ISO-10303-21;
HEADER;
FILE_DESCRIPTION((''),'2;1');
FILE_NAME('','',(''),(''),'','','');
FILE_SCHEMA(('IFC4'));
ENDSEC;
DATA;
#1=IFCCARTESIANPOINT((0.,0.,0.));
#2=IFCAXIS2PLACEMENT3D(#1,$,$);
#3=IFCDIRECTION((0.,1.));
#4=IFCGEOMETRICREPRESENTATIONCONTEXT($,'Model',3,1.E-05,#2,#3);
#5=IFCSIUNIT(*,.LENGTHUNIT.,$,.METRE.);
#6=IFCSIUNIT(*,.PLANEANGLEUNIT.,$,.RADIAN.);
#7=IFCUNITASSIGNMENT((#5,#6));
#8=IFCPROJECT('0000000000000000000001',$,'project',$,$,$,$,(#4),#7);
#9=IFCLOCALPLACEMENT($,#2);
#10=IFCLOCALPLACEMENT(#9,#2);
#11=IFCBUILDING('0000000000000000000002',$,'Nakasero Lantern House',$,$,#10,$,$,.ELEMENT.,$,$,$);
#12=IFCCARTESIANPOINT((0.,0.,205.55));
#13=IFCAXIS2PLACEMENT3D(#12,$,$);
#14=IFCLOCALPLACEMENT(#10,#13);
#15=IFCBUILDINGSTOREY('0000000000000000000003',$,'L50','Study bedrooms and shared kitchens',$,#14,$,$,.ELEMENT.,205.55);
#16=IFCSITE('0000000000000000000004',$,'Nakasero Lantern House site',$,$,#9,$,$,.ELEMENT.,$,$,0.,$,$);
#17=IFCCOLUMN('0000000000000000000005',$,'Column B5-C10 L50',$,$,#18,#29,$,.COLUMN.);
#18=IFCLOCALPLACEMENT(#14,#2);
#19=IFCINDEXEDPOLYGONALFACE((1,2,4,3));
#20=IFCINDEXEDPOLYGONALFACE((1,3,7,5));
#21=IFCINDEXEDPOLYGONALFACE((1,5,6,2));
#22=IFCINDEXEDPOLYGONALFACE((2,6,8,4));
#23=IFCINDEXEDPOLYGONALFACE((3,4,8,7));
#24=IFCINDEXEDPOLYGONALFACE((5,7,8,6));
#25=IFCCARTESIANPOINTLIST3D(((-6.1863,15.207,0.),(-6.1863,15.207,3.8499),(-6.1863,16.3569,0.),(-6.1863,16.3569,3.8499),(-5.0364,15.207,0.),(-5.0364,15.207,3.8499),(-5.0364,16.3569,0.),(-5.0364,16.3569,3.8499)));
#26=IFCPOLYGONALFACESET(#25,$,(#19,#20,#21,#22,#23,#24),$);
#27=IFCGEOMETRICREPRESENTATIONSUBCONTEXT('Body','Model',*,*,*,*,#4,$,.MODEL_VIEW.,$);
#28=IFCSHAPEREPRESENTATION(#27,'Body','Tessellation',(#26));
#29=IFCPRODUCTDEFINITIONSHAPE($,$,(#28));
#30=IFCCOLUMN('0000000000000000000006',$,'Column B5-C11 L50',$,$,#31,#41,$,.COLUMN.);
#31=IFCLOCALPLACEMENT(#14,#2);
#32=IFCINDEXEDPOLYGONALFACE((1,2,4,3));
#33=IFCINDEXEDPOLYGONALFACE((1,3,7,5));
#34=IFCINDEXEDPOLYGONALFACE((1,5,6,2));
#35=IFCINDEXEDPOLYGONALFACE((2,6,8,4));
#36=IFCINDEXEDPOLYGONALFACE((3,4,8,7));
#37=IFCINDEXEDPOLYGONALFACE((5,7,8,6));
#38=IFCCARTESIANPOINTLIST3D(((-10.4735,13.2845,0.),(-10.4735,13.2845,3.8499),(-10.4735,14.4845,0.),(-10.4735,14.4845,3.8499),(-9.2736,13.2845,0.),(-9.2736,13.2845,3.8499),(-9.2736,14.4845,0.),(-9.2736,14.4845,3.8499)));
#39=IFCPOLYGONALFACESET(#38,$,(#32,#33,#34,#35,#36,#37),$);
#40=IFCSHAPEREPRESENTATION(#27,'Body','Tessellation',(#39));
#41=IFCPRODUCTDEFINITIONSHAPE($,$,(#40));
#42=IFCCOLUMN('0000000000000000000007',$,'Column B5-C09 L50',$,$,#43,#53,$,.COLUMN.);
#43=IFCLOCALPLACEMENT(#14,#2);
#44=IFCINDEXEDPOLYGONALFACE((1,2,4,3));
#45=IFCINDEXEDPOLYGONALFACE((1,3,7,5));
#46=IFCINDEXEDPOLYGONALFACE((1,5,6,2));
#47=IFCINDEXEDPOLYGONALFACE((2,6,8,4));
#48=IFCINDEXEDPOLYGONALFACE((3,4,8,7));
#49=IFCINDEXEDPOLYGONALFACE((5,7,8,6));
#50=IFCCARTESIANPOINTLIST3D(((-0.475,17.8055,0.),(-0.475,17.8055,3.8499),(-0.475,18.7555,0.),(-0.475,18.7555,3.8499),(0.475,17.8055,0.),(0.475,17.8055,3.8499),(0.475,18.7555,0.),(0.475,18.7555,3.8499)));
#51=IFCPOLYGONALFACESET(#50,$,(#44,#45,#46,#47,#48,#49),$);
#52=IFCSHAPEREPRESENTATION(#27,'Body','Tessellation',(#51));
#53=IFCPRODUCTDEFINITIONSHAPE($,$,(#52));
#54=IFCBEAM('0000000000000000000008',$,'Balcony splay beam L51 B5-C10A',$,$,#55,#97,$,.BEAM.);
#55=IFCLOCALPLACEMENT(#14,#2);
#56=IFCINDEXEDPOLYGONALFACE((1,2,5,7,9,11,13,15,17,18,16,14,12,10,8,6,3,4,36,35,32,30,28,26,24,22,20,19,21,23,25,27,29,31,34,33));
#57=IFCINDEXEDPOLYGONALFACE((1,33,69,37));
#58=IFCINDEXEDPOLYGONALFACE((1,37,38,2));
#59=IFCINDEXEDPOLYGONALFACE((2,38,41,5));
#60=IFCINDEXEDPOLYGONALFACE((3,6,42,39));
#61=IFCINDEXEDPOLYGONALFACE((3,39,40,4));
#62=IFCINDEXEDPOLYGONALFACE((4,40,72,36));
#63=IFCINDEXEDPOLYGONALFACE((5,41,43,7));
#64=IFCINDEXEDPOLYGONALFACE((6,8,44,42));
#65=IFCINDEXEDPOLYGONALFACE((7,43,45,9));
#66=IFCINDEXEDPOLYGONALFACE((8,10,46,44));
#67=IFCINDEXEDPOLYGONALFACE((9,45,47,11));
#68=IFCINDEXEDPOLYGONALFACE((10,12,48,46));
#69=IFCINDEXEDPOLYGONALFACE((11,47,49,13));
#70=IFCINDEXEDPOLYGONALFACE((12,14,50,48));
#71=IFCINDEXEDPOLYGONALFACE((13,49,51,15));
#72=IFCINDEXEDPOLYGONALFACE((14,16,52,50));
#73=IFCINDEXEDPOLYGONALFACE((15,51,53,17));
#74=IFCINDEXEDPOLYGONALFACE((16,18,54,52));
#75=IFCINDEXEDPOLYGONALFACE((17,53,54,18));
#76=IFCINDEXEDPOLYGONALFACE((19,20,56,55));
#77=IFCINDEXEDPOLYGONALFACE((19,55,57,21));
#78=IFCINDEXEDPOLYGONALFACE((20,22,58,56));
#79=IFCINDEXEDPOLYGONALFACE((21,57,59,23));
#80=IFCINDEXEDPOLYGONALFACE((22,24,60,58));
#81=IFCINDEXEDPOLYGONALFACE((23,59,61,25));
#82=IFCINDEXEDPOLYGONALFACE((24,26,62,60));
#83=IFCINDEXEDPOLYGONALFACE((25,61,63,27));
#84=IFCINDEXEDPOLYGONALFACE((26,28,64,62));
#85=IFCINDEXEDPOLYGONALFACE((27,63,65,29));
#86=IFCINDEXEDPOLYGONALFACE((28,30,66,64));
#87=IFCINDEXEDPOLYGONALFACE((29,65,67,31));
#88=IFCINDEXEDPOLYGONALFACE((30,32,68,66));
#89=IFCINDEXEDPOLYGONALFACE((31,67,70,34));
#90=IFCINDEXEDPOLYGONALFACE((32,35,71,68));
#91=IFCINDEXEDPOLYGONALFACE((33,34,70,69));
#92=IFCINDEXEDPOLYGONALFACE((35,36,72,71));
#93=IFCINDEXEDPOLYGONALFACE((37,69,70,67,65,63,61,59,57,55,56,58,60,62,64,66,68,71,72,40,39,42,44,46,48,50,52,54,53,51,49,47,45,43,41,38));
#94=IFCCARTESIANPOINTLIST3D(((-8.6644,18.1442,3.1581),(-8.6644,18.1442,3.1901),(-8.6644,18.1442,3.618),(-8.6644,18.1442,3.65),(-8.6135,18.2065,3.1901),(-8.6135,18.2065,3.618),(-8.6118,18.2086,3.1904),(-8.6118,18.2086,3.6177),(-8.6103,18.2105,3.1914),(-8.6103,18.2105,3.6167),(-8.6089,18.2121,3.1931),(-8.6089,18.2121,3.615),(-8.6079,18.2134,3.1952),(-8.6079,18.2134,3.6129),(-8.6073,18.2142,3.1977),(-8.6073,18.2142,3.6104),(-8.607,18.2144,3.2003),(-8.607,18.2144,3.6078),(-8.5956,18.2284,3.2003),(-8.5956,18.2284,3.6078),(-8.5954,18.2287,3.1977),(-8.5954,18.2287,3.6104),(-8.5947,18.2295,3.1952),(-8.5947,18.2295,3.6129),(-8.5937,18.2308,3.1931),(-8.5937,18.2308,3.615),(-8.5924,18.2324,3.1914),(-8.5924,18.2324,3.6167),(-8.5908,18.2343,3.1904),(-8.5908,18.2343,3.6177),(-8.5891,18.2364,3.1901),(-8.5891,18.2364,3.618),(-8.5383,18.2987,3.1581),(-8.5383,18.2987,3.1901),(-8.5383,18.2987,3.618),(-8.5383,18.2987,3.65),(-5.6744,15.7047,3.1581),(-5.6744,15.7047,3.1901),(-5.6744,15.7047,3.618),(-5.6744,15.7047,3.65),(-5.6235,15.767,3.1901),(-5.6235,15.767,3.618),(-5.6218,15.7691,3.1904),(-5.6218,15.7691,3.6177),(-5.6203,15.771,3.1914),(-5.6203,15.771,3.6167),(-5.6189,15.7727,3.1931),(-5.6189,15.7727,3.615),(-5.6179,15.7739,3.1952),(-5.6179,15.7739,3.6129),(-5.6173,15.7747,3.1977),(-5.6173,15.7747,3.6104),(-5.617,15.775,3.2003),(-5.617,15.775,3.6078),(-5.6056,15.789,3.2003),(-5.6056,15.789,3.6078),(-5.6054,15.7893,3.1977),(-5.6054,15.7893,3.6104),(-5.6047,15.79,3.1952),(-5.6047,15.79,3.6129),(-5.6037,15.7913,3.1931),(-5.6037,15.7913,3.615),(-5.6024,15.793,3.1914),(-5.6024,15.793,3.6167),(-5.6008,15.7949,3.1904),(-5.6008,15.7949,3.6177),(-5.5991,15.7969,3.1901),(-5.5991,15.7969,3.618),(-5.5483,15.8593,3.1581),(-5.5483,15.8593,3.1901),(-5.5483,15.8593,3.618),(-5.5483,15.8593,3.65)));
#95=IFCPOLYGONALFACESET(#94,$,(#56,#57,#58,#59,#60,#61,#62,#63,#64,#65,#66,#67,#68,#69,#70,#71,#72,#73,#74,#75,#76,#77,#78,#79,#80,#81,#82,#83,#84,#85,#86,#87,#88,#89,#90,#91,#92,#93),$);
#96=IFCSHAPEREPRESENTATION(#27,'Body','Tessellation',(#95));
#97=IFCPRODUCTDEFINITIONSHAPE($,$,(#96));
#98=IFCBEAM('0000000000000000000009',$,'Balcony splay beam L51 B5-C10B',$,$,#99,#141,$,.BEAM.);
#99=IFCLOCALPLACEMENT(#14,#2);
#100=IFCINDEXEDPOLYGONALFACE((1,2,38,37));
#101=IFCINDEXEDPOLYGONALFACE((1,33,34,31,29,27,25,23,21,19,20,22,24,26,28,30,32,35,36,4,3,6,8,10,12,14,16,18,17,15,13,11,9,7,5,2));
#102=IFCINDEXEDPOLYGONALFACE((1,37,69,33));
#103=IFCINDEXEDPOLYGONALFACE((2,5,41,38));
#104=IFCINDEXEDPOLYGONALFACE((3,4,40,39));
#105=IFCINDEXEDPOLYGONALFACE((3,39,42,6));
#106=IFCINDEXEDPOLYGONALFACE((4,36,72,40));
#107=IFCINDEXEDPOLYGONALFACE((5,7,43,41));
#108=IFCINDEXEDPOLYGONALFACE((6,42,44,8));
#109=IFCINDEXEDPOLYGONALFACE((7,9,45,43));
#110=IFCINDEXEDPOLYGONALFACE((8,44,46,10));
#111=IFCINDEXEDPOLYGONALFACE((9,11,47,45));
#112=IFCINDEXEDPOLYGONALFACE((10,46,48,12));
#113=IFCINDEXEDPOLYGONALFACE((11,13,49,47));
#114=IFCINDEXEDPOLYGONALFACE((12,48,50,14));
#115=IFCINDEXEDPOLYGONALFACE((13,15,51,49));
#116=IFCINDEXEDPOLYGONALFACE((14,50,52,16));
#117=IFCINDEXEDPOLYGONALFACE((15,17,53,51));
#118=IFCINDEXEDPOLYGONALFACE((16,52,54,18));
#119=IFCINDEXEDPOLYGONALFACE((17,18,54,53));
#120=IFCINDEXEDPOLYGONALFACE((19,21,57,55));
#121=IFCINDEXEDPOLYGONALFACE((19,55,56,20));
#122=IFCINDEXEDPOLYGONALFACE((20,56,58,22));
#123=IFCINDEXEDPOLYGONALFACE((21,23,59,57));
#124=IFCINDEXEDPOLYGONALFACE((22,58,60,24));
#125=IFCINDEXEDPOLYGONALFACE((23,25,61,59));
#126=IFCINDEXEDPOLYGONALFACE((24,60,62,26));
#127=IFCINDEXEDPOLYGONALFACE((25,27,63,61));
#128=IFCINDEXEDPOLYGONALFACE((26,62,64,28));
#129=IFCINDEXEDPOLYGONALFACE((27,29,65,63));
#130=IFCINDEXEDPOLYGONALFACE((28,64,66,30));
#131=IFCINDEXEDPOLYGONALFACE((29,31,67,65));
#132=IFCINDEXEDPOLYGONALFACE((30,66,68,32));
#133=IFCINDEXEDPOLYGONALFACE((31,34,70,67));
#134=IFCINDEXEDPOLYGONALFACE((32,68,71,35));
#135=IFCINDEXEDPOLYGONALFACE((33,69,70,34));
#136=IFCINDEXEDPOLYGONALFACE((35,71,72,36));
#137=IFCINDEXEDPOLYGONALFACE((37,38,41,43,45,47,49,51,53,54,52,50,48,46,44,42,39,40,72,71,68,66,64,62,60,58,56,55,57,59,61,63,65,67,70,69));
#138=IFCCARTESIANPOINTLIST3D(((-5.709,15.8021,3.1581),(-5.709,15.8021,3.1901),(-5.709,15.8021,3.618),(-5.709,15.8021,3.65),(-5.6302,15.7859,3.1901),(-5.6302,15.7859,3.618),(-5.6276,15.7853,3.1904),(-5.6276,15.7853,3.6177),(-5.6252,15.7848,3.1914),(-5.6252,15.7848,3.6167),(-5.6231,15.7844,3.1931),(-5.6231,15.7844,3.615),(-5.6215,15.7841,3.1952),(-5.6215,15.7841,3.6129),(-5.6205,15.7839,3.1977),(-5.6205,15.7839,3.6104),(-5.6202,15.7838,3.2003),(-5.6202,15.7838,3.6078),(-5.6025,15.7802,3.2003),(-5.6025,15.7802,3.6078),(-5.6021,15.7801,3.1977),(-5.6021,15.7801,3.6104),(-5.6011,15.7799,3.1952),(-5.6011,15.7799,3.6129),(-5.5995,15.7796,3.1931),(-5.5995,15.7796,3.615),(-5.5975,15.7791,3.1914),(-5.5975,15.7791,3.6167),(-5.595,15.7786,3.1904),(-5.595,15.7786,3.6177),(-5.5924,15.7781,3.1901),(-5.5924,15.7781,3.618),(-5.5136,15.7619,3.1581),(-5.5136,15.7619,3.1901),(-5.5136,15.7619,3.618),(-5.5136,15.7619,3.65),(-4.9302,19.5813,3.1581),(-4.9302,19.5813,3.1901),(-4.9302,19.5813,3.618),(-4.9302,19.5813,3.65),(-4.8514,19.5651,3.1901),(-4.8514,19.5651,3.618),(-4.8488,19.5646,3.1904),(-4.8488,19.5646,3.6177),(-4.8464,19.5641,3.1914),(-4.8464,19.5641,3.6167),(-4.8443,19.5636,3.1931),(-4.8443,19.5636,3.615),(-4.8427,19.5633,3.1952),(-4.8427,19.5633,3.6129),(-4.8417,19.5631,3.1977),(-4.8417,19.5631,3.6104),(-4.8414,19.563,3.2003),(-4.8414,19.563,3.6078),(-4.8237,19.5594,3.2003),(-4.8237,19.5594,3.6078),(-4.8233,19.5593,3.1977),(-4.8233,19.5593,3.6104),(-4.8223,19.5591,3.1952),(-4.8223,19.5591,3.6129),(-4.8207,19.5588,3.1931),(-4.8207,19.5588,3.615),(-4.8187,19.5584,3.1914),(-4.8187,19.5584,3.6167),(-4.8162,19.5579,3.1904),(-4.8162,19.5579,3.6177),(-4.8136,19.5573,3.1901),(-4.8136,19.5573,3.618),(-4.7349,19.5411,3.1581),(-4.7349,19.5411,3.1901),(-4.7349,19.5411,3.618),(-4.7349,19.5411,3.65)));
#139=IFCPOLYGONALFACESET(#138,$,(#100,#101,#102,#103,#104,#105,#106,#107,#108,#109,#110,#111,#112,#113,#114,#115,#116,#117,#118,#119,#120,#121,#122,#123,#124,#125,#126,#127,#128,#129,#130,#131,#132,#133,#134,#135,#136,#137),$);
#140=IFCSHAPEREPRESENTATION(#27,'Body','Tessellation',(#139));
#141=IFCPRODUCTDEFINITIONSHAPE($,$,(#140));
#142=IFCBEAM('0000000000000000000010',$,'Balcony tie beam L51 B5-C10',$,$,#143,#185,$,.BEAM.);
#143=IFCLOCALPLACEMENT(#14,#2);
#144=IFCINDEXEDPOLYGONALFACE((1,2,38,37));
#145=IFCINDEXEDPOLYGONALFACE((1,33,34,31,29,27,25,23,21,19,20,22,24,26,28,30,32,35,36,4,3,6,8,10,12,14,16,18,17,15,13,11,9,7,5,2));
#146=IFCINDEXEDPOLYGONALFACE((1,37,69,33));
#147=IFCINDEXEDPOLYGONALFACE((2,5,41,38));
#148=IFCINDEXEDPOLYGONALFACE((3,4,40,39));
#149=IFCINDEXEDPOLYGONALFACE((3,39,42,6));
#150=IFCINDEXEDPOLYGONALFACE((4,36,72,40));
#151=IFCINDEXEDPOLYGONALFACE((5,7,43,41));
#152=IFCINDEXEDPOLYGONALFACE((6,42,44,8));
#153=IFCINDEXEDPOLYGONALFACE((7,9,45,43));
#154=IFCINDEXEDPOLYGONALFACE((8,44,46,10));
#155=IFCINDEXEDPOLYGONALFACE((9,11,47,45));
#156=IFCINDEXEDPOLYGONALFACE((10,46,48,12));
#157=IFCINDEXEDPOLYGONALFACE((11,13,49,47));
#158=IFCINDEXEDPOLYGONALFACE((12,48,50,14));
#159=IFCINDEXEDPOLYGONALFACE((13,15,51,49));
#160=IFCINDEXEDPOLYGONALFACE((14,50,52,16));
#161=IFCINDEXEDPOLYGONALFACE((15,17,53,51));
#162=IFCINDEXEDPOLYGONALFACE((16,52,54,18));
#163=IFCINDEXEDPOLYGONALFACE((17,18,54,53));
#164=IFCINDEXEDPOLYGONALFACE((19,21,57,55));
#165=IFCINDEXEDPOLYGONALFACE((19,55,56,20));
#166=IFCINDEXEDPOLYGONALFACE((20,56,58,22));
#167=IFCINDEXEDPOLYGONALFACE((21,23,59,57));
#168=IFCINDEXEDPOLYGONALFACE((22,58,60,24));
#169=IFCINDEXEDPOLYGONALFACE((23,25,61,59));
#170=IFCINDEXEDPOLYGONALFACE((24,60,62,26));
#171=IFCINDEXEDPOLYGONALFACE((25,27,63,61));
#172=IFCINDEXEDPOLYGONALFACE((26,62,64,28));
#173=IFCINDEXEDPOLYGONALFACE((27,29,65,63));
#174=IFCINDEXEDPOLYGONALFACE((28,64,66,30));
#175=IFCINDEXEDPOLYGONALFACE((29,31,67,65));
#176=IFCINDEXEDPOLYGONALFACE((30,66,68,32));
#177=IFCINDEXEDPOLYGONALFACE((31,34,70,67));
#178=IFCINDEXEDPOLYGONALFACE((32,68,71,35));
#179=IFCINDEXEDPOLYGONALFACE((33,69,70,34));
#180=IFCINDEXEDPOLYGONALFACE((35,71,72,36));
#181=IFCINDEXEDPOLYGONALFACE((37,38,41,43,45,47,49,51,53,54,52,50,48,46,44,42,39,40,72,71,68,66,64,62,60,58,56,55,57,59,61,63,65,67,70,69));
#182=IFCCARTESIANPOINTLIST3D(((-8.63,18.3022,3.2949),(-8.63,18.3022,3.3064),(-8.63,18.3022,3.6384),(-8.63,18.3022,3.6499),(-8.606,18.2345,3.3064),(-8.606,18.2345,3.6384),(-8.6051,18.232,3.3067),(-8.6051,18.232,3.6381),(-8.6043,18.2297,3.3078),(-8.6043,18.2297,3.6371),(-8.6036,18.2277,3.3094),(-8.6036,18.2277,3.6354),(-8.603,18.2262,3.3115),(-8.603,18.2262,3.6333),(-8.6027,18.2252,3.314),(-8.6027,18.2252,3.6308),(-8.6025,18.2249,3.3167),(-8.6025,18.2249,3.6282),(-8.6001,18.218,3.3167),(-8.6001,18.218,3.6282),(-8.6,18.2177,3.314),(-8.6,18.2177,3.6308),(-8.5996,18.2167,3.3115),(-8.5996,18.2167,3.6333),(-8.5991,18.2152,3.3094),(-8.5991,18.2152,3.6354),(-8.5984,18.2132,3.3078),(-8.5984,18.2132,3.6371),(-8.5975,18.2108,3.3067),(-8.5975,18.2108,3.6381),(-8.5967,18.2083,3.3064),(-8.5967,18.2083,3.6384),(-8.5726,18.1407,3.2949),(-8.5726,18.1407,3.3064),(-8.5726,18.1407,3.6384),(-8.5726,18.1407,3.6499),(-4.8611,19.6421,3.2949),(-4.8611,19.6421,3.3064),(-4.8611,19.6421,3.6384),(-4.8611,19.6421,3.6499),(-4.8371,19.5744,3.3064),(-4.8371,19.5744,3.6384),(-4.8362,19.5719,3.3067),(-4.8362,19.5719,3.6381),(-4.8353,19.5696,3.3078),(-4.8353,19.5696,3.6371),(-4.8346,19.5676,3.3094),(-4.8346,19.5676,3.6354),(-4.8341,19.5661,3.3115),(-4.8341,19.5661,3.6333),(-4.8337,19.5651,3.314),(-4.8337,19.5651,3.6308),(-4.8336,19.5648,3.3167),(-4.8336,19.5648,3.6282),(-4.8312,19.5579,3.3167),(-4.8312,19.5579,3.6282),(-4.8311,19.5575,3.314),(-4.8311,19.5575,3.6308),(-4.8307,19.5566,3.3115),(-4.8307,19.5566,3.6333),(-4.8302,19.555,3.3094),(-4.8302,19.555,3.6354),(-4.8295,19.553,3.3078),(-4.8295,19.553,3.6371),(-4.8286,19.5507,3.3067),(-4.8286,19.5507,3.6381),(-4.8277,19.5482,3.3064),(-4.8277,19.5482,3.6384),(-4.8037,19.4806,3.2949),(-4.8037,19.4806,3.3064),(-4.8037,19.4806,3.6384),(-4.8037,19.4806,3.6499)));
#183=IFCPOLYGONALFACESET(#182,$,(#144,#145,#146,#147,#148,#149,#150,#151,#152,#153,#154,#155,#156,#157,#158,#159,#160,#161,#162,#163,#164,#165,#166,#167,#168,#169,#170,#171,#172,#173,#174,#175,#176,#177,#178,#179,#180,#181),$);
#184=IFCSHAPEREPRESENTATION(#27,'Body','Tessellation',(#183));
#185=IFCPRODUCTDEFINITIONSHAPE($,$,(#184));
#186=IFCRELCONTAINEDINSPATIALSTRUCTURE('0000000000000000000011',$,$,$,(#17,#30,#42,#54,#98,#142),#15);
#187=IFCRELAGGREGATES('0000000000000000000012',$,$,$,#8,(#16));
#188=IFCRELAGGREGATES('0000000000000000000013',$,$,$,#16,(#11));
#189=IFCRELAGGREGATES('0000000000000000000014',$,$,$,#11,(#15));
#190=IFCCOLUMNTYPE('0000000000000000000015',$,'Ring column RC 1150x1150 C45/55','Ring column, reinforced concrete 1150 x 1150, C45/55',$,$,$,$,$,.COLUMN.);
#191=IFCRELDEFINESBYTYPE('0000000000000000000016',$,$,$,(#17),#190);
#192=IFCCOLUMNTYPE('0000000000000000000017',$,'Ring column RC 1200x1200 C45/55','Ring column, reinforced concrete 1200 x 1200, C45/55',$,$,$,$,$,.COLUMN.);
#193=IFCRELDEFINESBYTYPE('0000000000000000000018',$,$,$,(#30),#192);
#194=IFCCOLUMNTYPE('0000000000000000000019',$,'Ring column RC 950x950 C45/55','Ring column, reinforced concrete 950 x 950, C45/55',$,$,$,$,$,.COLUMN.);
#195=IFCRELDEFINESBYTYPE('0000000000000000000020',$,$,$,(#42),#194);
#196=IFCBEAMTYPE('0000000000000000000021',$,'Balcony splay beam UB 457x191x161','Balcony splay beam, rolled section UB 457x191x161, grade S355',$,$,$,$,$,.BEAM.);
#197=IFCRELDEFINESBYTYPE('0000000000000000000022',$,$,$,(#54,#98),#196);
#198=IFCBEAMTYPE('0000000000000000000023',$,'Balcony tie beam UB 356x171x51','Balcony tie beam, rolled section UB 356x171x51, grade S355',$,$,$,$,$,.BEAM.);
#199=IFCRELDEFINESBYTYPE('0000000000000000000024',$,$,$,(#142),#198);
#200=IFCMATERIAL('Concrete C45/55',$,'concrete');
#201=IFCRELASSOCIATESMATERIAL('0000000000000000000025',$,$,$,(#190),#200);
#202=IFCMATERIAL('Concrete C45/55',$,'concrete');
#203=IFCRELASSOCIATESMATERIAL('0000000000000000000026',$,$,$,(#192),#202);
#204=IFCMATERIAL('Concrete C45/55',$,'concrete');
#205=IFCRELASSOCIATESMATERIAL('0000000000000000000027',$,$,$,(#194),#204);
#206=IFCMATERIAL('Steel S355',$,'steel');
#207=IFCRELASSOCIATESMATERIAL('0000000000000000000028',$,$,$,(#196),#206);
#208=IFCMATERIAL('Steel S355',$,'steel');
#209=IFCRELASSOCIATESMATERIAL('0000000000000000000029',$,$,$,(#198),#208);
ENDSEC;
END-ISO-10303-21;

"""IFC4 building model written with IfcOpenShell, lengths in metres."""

from ifc_helpers import new_model, si_unit, direction, frame, origin, origin_2d, place, context, subcontext, project, spatial, rectangle, i_section, extrude, material, material_profile, profile_set, type_object, element, save


model = new_model("IFC4")

# Units and contexts
model_context = context("Model", 3, precision=1e-05, world=origin(), true_north=direction((0.0, 1.0)))
body_context = subcontext(model_context, "Body", "Model", "MODEL_VIEW")
ifc_project = project(units=[si_unit("LENGTHUNIT", "METRE"), si_unit("PLANEANGLEUNIT", "RADIAN")], contexts=[model_context])

# Site, building, storey
site_placement = place(None, origin())
site = spatial("IfcSite", under=ifc_project, at=site_placement, Name="Nakasero Lantern House site", CompositionType="ELEMENT", RefElevation=0.0)
building_placement = place(site_placement, origin())
building = spatial("IfcBuilding", under=site, at=building_placement, Name="Nakasero Lantern House", CompositionType="ELEMENT")
storey_placement = place(building_placement, frame((0.0, 0.0, 205.55)))
storey = spatial("IfcBuildingStorey", under=building, at=storey_placement, Name="L50", Description="Study bedrooms and shared kitchens", CompositionType="ELEMENT", Elevation=205.55)

# Columns
ifc_material_1 = material(Name="Concrete C45/55", Category="concrete")
ifc_material_profile_1 = material_profile(ifc_material_1, rectangle(XDim=1.1499, YDim=1.1499, at=origin_2d()), Name="RC 1150x1150")
ifc_profile_set_1 = profile_set([ifc_material_profile_1], Name="Concrete C45/55")
column_type_1 = type_object("IfcColumnType", Name="Ring column RC 1150x1150 C45/55", Description="Ring column, reinforced concrete 1150 x 1150, C45/55", PredefinedType="COLUMN", material=ifc_profile_set_1)
column_1_placement = place(storey_placement, frame((-5.6113, 15.782, 0.0), z_axis=(0.0, 0.0, 1.0), x_axis=(1.0, 0.0, 0.0)))
element("IfcColumn", 1, at=column_1_placement, inside=storey, type_object=column_type_1, Name="Column B5-C10 L50", PredefinedType="COLUMN", context=body_context, shape_type="SweptSolid", body=[
    extrude(rectangle(XDim=1.1499, YDim=1.1499, at=origin_2d()), origin(), (0.0, 0.0, 1.0), 3.8499),
])
ifc_material_2 = material(Name="Concrete C45/55", Category="concrete")
ifc_material_profile_2 = material_profile(ifc_material_2, rectangle(XDim=1.2, YDim=1.2, at=origin_2d()), Name="RC 1200x1200")
ifc_profile_set_2 = profile_set([ifc_material_profile_2], Name="Concrete C45/55")
column_type_2 = type_object("IfcColumnType", Name="Ring column RC 1200x1200 C45/55", Description="Ring column, reinforced concrete 1200 x 1200, C45/55", PredefinedType="COLUMN", material=ifc_profile_set_2)
column_2_placement = place(storey_placement, frame((-9.8735, 13.8845, 0.0), z_axis=(0.0, 0.0, 1.0), x_axis=(1.0, 0.0, 0.0)))
element("IfcColumn", 2, at=column_2_placement, inside=storey, type_object=column_type_2, Name="Column B5-C11 L50", PredefinedType="COLUMN", context=body_context, shape_type="SweptSolid", body=[
    extrude(rectangle(XDim=1.2, YDim=1.2, at=origin_2d()), origin(), (0.0, 0.0, 1.0), 3.8499),
])
ifc_material_3 = material(Name="Concrete C45/55", Category="concrete")
ifc_material_profile_3 = material_profile(ifc_material_3, rectangle(XDim=0.95, YDim=0.95, at=origin_2d()), Name="RC 950x950")
ifc_profile_set_3 = profile_set([ifc_material_profile_3], Name="Concrete C45/55")
column_type_3 = type_object("IfcColumnType", Name="Ring column RC 950x950 C45/55", Description="Ring column, reinforced concrete 950 x 950, C45/55", PredefinedType="COLUMN", material=ifc_profile_set_3)
column_3_placement = place(storey_placement, frame((0.0, 18.2805, 0.0), z_axis=(0.0, 0.0, 1.0), x_axis=(1.0, 0.0, 0.0)))
element("IfcColumn", 3, at=column_3_placement, inside=storey, type_object=column_type_3, Name="Column B5-C09 L50", PredefinedType="COLUMN", context=body_context, shape_type="SweptSolid", body=[
    extrude(rectangle(XDim=0.95, YDim=0.95, at=origin_2d()), origin(), (0.0, 0.0, 1.0), 3.8499),
])

# Beams
ifc_material_4 = material(Name="Steel S355", Category="steel")
ifc_material_profile_4 = material_profile(ifc_material_4, i_section(OverallWidth=0.1995, OverallDepth=0.4919, WebThickness=0.0181, FlangeThickness=0.032, FilletRadius=0.0103, at=origin_2d()), Name="UB 457x191x161")
ifc_profile_set_4 = profile_set([ifc_material_profile_4], Name="Steel S355")
beam_type_1 = type_object("IfcBeamType", Name="Balcony splay beam UB 457x191x161", Description="Balcony splay beam, rolled section UB 457x191x161, grade S355", PredefinedType="BEAM", material=ifc_profile_set_4)
beam_1_placement = place(storey_placement, frame((-5.6113, 15.782, 3.4041), z_axis=(-0.774833, 0.632166, 0.0), x_axis=(-0.632166, -0.774833, 0.0)))
element("IfcBeam", 4, at=beam_1_placement, inside=storey, type_object=beam_type_1, Name="Balcony splay beam L51 B5-C10A", PredefinedType="BEAM", context=body_context, shape_type="SweptSolid", body=[
    extrude(i_section(OverallWidth=0.1995, OverallDepth=0.4919, WebThickness=0.0181, FlangeThickness=0.032, FilletRadius=0.0103, at=origin_2d()), origin(), (0.0, 0.0, 1.0), 3.8589),
])
beam_2_placement = place(storey_placement, frame((-5.6113, 15.782, 3.4041), z_axis=(0.201831, 0.97942, 0.0), x_axis=(-0.97942, 0.201831, 0.0)))
element("IfcBeam", 5, at=beam_2_placement, inside=storey, type_object=beam_type_1, Name="Balcony splay beam L51 B5-C10B", PredefinedType="BEAM", context=body_context, shape_type="SweptSolid", body=[
    extrude(i_section(OverallWidth=0.1995, OverallDepth=0.4919, WebThickness=0.0181, FlangeThickness=0.032, FilletRadius=0.0103, at=origin_2d()), origin(), (0.0, 0.0, 1.0), 3.8586),
])
ifc_material_5 = material(Name="Steel S355", Category="steel")
ifc_material_profile_5 = material_profile(ifc_material_5, i_section(OverallWidth=0.1714, OverallDepth=0.355, WebThickness=0.0073, FlangeThickness=0.0115, FilletRadius=0.0103, at=origin_2d()), Name="UB 356x171x51")
ifc_profile_set_5 = profile_set([ifc_material_profile_5], Name="Steel S355")
beam_type_2 = type_object("IfcBeamType", Name="Balcony tie beam UB 356x171x51", Description="Balcony tie beam, rolled section UB 356x171x51, grade S355", PredefinedType="BEAM", material=ifc_profile_set_5)
beam_3_placement = place(storey_placement, frame((-8.6013, 18.2214, 3.4724), z_axis=(0.942228, 0.334971, 0.0), x_axis=(-0.334971, 0.942228, 0.0)))
element("IfcBeam", 6, at=beam_3_placement, inside=storey, type_object=beam_type_2, Name="Balcony tie beam L51 B5-C10", PredefinedType="BEAM", context=body_context, shape_type="SweptSolid", body=[
    extrude(i_section(OverallWidth=0.1714, OverallDepth=0.355, WebThickness=0.0073, FlangeThickness=0.0115, FilletRadius=0.0103, at=origin_2d()), origin(), (0.0, 0.0, 1.0), 4.0),
])

save(model, "model.ifc")
